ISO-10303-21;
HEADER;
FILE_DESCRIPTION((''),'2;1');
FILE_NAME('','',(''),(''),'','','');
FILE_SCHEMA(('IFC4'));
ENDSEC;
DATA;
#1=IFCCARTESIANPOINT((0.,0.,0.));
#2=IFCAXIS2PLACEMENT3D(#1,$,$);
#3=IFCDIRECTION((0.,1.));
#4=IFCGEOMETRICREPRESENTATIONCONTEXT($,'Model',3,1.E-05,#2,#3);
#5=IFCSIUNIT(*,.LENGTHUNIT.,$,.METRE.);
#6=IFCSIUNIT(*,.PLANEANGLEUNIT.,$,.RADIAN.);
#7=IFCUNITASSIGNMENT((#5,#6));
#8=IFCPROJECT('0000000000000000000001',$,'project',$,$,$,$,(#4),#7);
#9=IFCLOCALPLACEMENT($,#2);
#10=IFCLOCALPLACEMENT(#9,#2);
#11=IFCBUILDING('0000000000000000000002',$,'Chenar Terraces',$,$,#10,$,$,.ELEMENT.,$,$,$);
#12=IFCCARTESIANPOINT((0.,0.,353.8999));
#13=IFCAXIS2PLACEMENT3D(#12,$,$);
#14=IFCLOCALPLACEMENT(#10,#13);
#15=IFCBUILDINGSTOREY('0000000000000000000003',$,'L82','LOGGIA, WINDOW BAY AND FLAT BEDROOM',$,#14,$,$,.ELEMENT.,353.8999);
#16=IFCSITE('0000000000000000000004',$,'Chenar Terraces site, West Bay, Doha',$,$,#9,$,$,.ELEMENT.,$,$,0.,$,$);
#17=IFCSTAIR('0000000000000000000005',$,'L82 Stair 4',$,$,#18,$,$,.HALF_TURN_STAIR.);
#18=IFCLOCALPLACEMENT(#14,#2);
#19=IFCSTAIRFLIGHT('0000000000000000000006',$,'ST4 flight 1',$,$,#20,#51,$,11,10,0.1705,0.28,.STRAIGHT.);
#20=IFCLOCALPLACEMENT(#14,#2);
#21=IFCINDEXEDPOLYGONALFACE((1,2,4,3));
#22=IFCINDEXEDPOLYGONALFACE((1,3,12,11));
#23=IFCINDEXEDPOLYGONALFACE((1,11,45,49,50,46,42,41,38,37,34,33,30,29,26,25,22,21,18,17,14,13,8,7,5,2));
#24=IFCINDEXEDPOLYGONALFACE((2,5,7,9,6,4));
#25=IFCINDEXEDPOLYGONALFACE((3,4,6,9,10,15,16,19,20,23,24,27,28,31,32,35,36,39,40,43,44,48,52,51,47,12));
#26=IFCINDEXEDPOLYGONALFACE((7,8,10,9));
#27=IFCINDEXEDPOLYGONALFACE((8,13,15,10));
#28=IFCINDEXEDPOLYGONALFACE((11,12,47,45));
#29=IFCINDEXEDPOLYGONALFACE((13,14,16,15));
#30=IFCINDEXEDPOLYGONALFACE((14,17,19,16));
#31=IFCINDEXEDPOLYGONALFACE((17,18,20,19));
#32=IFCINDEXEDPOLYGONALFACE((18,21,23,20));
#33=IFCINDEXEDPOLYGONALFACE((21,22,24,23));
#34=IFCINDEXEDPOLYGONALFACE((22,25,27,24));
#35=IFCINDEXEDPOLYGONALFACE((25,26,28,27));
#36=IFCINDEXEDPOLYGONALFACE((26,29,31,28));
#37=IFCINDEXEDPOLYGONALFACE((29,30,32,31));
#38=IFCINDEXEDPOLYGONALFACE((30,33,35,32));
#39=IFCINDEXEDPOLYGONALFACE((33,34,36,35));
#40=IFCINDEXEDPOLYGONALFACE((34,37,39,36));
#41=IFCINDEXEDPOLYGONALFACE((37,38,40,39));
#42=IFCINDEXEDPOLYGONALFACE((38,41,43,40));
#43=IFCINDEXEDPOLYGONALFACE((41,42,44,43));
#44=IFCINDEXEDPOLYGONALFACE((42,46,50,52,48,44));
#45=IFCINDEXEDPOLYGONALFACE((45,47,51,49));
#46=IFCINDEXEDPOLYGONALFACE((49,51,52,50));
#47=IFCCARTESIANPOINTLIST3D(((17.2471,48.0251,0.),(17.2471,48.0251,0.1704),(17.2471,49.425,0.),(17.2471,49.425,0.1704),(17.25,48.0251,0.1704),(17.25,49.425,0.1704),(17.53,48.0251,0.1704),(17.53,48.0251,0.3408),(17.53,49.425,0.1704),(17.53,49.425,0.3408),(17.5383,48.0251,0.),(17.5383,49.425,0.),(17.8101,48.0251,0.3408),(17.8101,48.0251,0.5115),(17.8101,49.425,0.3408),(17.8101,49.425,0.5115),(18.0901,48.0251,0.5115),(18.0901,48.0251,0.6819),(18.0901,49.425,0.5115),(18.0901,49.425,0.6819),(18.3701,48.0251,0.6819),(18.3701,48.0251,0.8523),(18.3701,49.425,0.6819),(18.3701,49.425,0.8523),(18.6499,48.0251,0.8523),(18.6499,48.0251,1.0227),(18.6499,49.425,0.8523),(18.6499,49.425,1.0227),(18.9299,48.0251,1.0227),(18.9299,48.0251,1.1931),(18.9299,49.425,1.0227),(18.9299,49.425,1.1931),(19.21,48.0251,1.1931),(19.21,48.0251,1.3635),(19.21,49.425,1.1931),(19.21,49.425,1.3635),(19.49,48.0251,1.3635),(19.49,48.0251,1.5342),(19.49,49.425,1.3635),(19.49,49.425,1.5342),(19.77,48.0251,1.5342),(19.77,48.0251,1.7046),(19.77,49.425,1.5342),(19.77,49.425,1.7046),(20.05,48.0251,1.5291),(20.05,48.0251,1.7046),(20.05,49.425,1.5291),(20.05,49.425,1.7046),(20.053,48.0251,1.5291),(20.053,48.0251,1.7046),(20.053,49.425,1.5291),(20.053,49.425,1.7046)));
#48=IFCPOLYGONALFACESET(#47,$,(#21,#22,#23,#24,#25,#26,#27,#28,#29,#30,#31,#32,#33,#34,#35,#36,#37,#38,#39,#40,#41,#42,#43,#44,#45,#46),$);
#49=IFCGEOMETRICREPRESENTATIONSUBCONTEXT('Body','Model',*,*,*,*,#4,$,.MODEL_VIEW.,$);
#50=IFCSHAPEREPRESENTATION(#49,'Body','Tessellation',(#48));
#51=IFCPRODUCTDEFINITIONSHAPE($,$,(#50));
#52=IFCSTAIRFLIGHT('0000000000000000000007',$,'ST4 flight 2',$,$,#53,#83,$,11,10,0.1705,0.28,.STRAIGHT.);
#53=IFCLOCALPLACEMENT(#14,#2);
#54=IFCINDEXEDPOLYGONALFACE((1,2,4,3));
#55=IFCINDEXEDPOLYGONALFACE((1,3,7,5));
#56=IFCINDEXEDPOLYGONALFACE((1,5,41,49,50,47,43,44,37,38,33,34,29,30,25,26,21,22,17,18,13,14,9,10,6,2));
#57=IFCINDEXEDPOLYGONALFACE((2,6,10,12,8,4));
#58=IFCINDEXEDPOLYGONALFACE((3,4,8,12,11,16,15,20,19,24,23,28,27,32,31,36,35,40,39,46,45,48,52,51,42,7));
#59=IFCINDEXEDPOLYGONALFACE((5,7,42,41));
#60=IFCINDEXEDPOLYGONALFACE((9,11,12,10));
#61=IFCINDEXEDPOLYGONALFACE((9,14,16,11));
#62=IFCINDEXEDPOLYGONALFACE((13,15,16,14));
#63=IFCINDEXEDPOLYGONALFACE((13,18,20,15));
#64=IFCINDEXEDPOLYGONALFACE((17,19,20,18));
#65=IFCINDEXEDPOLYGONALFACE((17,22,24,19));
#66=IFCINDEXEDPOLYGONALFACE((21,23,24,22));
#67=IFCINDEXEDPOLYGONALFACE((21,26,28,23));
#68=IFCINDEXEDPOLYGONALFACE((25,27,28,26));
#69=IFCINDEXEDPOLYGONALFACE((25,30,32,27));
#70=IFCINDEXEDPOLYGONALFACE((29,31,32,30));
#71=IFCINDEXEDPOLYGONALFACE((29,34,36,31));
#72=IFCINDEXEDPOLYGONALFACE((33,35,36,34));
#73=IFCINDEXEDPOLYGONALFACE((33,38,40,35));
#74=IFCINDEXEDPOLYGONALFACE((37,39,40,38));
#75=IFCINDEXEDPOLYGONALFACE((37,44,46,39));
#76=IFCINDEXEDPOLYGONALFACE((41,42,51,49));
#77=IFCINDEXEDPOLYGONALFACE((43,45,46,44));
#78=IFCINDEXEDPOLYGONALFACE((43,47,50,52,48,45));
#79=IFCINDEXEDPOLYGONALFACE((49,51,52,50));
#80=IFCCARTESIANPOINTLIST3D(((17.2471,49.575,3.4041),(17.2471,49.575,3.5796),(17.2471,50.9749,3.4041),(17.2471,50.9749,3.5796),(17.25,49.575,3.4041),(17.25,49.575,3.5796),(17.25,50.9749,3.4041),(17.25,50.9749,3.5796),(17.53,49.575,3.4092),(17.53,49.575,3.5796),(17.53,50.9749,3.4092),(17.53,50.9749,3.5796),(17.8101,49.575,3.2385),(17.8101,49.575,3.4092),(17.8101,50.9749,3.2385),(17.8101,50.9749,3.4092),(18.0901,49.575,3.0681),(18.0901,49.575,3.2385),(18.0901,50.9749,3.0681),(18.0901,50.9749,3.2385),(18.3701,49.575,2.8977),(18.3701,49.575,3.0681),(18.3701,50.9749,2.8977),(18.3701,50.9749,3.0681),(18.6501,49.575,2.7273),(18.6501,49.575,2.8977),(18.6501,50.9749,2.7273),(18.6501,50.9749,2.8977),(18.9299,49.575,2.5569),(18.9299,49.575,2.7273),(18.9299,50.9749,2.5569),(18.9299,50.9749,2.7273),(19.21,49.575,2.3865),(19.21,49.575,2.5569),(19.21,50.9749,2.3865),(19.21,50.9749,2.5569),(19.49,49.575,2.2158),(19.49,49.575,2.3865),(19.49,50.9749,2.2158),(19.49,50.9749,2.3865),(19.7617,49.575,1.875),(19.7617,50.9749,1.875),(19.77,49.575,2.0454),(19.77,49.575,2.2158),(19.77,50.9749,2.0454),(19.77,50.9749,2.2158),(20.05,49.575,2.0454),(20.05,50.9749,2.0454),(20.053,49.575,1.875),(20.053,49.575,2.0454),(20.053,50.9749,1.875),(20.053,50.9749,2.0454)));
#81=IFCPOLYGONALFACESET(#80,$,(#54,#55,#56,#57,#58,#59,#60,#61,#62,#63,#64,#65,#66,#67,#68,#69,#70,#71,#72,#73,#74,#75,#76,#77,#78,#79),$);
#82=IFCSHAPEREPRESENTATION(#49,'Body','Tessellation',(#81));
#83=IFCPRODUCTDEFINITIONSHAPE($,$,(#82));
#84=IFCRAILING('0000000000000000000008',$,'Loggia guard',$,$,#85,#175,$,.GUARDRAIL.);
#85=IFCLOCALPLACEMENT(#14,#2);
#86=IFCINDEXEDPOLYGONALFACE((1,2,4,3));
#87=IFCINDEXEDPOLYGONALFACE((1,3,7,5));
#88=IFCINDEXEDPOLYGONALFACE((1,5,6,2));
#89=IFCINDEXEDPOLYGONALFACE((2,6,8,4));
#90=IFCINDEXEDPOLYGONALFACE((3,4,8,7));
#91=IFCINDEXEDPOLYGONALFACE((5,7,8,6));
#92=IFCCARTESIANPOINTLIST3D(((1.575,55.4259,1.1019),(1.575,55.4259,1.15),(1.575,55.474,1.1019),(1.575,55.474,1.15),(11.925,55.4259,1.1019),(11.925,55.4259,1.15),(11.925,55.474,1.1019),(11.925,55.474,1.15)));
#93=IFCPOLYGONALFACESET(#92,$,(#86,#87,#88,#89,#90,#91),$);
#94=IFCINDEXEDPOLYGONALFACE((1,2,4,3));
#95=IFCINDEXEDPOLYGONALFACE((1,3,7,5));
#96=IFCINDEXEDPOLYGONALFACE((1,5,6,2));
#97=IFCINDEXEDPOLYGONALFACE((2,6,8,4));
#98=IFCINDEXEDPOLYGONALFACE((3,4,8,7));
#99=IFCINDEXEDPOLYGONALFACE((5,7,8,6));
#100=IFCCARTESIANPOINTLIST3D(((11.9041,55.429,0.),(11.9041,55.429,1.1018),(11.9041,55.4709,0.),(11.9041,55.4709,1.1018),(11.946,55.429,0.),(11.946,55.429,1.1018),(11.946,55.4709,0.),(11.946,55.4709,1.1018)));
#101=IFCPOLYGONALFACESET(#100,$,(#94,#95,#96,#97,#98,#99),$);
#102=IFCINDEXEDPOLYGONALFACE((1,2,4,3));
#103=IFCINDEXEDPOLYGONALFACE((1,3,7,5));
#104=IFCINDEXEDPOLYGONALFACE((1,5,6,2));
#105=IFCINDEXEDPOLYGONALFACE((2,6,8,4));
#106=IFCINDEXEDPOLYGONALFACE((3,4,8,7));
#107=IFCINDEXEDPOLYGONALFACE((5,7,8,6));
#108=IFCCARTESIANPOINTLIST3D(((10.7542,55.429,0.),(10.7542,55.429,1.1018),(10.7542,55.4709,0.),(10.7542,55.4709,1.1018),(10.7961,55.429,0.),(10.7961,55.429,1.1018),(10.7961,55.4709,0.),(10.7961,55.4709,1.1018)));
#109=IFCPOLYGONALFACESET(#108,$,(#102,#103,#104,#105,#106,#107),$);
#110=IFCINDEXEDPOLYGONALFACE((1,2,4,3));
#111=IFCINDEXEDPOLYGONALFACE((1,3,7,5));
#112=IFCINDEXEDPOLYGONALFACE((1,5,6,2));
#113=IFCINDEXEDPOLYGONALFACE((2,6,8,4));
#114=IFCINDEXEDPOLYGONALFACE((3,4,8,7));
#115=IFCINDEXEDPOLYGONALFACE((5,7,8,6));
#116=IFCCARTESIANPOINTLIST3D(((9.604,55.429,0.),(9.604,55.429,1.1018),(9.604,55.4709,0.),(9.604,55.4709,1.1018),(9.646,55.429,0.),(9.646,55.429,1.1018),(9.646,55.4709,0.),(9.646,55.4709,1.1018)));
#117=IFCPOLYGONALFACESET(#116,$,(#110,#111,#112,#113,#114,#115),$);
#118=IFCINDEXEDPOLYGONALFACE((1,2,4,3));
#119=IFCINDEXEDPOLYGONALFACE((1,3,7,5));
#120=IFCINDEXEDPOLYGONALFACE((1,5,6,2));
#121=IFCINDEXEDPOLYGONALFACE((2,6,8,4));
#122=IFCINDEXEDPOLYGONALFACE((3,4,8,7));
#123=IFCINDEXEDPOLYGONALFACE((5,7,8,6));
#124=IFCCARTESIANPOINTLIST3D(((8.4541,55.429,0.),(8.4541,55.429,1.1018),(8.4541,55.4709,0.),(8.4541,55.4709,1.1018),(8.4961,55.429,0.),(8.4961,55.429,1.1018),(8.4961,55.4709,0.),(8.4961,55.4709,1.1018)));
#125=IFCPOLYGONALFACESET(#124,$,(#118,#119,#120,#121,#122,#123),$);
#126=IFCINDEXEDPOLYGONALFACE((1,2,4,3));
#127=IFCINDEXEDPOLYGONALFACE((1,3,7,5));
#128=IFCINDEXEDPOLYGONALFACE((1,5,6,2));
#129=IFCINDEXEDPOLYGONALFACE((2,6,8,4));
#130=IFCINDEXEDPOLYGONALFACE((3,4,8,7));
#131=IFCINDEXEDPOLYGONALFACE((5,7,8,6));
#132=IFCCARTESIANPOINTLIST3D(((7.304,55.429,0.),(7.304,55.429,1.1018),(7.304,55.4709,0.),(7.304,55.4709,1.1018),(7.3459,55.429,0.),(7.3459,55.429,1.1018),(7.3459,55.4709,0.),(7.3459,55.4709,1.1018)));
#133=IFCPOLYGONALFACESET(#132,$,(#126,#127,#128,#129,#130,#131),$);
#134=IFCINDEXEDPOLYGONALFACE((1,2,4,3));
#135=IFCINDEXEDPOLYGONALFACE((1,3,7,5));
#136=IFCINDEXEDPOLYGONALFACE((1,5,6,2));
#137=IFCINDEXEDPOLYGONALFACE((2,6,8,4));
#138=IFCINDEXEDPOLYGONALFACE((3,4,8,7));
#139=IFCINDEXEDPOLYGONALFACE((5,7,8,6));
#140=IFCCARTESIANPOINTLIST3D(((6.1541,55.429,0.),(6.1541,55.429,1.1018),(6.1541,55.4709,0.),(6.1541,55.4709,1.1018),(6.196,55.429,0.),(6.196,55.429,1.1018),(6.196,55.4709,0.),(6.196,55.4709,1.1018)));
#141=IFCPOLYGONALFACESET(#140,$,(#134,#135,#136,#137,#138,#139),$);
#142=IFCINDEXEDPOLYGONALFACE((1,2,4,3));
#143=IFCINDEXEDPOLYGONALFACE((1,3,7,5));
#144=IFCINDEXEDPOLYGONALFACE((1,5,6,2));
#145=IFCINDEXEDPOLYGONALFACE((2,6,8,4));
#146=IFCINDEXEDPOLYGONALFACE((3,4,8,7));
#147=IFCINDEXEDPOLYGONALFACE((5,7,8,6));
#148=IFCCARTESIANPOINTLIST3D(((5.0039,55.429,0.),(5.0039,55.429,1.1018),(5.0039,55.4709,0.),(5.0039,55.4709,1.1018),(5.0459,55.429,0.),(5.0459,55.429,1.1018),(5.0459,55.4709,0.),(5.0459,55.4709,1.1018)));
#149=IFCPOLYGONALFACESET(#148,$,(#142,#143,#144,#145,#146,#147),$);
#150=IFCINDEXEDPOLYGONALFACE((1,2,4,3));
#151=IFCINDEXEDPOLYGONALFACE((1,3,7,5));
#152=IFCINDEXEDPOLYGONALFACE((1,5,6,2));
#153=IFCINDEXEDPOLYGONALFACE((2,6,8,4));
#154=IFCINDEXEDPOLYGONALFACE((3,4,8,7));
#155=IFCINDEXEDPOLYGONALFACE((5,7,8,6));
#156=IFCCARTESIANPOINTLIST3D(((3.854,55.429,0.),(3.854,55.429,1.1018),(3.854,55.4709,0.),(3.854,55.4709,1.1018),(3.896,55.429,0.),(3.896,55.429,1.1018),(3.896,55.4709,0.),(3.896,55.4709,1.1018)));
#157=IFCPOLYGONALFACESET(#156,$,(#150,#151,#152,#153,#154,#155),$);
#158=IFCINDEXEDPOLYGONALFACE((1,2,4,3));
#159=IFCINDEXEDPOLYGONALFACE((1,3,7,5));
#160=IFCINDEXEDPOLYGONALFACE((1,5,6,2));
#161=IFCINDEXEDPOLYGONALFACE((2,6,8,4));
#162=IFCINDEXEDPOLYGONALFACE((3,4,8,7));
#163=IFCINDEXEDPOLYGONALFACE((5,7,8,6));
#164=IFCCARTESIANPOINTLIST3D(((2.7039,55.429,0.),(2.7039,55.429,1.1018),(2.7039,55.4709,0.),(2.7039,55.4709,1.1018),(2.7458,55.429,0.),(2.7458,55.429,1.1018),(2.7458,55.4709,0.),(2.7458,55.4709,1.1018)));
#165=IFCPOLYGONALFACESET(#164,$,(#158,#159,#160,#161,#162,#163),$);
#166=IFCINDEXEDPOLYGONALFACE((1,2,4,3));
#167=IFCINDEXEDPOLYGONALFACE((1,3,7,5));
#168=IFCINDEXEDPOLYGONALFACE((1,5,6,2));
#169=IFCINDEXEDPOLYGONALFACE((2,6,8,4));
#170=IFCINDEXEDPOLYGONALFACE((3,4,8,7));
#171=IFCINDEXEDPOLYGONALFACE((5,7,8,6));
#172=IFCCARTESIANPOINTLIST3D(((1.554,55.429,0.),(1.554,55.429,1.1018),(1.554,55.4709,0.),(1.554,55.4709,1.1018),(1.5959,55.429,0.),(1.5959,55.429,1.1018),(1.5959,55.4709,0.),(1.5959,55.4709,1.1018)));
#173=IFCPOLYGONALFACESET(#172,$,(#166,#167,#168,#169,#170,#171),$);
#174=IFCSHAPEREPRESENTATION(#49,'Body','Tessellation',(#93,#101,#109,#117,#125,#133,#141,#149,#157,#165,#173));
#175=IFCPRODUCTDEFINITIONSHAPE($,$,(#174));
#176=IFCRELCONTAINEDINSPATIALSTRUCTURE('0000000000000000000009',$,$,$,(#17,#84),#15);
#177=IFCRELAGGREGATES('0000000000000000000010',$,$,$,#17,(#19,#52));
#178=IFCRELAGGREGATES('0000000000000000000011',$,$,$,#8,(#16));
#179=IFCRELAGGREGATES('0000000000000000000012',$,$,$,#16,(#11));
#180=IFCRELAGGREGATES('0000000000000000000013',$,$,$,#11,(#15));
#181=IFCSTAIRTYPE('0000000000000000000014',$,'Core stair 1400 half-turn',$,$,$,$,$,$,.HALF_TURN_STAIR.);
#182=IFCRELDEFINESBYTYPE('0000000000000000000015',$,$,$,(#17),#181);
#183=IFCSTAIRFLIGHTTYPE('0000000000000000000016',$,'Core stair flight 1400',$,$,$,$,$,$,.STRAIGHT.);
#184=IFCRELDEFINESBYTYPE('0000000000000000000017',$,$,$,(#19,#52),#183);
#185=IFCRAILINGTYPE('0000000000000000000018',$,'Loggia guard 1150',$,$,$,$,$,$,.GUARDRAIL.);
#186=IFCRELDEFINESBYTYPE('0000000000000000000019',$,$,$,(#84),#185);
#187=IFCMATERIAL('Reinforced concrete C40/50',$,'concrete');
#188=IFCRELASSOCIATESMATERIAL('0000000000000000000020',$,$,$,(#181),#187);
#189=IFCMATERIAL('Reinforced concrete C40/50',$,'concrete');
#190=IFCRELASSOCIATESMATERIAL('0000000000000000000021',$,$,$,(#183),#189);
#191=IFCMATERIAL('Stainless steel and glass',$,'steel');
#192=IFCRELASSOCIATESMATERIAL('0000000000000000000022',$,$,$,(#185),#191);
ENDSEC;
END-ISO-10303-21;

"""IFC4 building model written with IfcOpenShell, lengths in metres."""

from ifc_helpers import new_model, si_unit, direction, frame, origin, origin_2d, place, context, subcontext, project, spatial, polyline, rectangle, outline, extrude, material, type_object, element, aggregate, save


model = new_model("IFC4")

# Units and contexts
model_context = context("Model", 3, precision=1e-05, world=origin(), true_north=direction((0.0, 1.0)))
body_context = subcontext(model_context, "Body", "Model", "MODEL_VIEW")
ifc_project = project(units=[si_unit("LENGTHUNIT", "METRE"), si_unit("PLANEANGLEUNIT", "RADIAN")], contexts=[model_context])

# Site, building, storey
site_placement = place(None, origin())
site = spatial("IfcSite", under=ifc_project, at=site_placement, Name="Chenar Terraces site, West Bay, Doha", CompositionType="ELEMENT", RefElevation=0.0)
building_placement = place(site_placement, origin())
building = spatial("IfcBuilding", under=site, at=building_placement, Name="Chenar Terraces", CompositionType="ELEMENT")
storey_placement = place(building_placement, frame((0.0, 0.0, 353.8999)))
storey = spatial("IfcBuildingStorey", under=building, at=storey_placement, Name="L82", Description="LOGGIA, WINDOW BAY AND FLAT BEDROOM", CompositionType="ELEMENT", Elevation=353.8999)

# Stair, stair flights
ifc_material_1 = material(Name="Reinforced concrete C40/50", Category="concrete")
stair_type = type_object("IfcStairType", Name="Core stair 1400 half-turn", PredefinedType="HALF_TURN_STAIR", material=ifc_material_1)
stair_placement = place(storey_placement, origin())
stair = element("IfcStair", 1, at=stair_placement, inside=storey, type_object=stair_type, Name="L82 Stair 4", PredefinedType="HALF_TURN_STAIR")
ifc_material_2 = material(Name="Reinforced concrete C40/50", Category="concrete")
stair_flight_type = type_object("IfcStairFlightType", Name="Core stair flight 1400", PredefinedType="STRAIGHT", material=ifc_material_2)
stair_flight_1_placement = place(storey_placement, frame((17.25, 48.7251, 0.0), z_axis=(0.0, 0.0, 1.0), x_axis=(1.0, 0.0, 0.0)))
stair_flight_1 = element("IfcStairFlight", 2, at=stair_flight_1_placement, type_object=stair_flight_type, Name="ST4 flight 1", NumberOfRisers=11, NumberOfTreads=10, PredefinedType="STRAIGHT", RiserHeight=0.1705, TreadLength=0.28, context=body_context, shape_type="SweptSolid", body=[
    extrude(outline(polyline([(-0.0029, 0.0), (-0.0029, 0.1704), (0.0, 0.1704), (0.28, 0.1704), (0.28, 0.3408), (0.5601, 0.3408), (0.5601, 0.5115), (0.8401, 0.5115), (0.8401, 0.6819), (1.1201, 0.6819), (1.1201, 0.8523), (1.3999, 0.8523), (1.3999, 1.0227), (1.6799, 1.0227), (1.6799, 1.1931), (1.96, 1.1931), (1.96, 1.3635), (2.24, 1.3635), (2.24, 1.5342), (2.52, 1.5342), (2.52, 1.7046), (2.8, 1.7046), (2.803, 1.7046), (2.803, 1.5291), (2.8, 1.5291), (0.2883, 0.0), (-0.0029, 0.0)])), frame((0.0, 0.7, 0.0), z_axis=(0.0, -1.0, 0.0), x_axis=(1.0, 0.0, 0.0)), (0.0, 0.0, 1.0), 1.3999),
])
stair_flight_2_placement = place(storey_placement, frame((20.05, 50.2749, 1.875), z_axis=(0.0, 0.0, 1.0), x_axis=(-1.0, 0.0, 0.0)))
stair_flight_2 = element("IfcStairFlight", 3, at=stair_flight_2_placement, type_object=stair_flight_type, Name="ST4 flight 2", NumberOfRisers=11, NumberOfTreads=10, PredefinedType="STRAIGHT", RiserHeight=0.1705, TreadLength=0.28, context=body_context, shape_type="SweptSolid", body=[
    extrude(outline(polyline([(-0.0029, 0.0), (-0.0029, 0.1704), (0.0, 0.1704), (0.28, 0.1704), (0.28, 0.3408), (0.5601, 0.3408), (0.5601, 0.5115), (0.8401, 0.5115), (0.8401, 0.6819), (1.1201, 0.6819), (1.1201, 0.8523), (1.3999, 0.8523), (1.3999, 1.0227), (1.6799, 1.0227), (1.6799, 1.1931), (1.96, 1.1931), (1.96, 1.3635), (2.24, 1.3635), (2.24, 1.5342), (2.52, 1.5342), (2.52, 1.7046), (2.8, 1.7046), (2.803, 1.7046), (2.803, 1.5291), (2.8, 1.5291), (0.2883, 0.0), (-0.0029, 0.0)])), frame((0.0, 0.7, 0.0), z_axis=(0.0, -1.0, 0.0), x_axis=(1.0, 0.0, 0.0)), (0.0, 0.0, 1.0), 1.3999),
])
aggregate(stair, [stair_flight_1, stair_flight_2])

# Railing
ifc_material_3 = material(Name="Stainless steel and glass", Category="steel")
railing_type_1 = type_object("IfcRailingType", Name="Loggia guard 1150", PredefinedType="GUARDRAIL", material=ifc_material_3)
railing_1_placement = place(storey_placement, frame((11.925, 55.45, 0.0)))
element("IfcRailing", 4, at=railing_1_placement, inside=storey, type_object=railing_type_1, Name="Loggia guard", PredefinedType="GUARDRAIL", context=body_context, shape_type="SweptSolid", body=[
    extrude(rectangle(XDim=0.0481, YDim=0.0481, at=origin_2d()), frame((0.0, 0.0, 1.126), z_axis=(-1.0, 0.0, 0.0), x_axis=(0.0, -1.0, 0.0)), (0.0, 0.0, 1.0), 10.3501),
    extrude(rectangle(XDim=0.042, YDim=0.042, at=origin_2d()), origin(), (0.0, 0.0, 1.0), 1.1018),
    extrude(rectangle(XDim=0.042, YDim=0.042, at=origin_2d()), frame((-1.1499, 0.0, 0.0)), (0.0, 0.0, 1.0), 1.1018),
    extrude(rectangle(XDim=0.042, YDim=0.042, at=origin_2d()), frame((-2.3, 0.0, 0.0)), (0.0, 0.0, 1.0), 1.1018),
    extrude(rectangle(XDim=0.042, YDim=0.042, at=origin_2d()), frame((-3.45, 0.0, 0.0)), (0.0, 0.0, 1.0), 1.1018),
    extrude(rectangle(XDim=0.042, YDim=0.042, at=origin_2d()), frame((-4.6001, 0.0, 0.0)), (0.0, 0.0, 1.0), 1.1018),
    extrude(rectangle(XDim=0.042, YDim=0.042, at=origin_2d()), frame((-5.75, 0.0, 0.0)), (0.0, 0.0, 1.0), 1.1018),
    extrude(rectangle(XDim=0.042, YDim=0.042, at=origin_2d()), frame((-6.9001, 0.0, 0.0)), (0.0, 0.0, 1.0), 1.1018),
    extrude(rectangle(XDim=0.042, YDim=0.042, at=origin_2d()), frame((-8.05, 0.0, 0.0)), (0.0, 0.0, 1.0), 1.1018),
    extrude(rectangle(XDim=0.042, YDim=0.042, at=origin_2d()), frame((-9.2002, 0.0, 0.0)), (0.0, 0.0, 1.0), 1.1018),
    extrude(rectangle(XDim=0.042, YDim=0.042, at=origin_2d()), frame((-10.3501, 0.0, 0.0)), (0.0, 0.0, 1.0), 1.1018),
])

save(model, "model.ifc")
